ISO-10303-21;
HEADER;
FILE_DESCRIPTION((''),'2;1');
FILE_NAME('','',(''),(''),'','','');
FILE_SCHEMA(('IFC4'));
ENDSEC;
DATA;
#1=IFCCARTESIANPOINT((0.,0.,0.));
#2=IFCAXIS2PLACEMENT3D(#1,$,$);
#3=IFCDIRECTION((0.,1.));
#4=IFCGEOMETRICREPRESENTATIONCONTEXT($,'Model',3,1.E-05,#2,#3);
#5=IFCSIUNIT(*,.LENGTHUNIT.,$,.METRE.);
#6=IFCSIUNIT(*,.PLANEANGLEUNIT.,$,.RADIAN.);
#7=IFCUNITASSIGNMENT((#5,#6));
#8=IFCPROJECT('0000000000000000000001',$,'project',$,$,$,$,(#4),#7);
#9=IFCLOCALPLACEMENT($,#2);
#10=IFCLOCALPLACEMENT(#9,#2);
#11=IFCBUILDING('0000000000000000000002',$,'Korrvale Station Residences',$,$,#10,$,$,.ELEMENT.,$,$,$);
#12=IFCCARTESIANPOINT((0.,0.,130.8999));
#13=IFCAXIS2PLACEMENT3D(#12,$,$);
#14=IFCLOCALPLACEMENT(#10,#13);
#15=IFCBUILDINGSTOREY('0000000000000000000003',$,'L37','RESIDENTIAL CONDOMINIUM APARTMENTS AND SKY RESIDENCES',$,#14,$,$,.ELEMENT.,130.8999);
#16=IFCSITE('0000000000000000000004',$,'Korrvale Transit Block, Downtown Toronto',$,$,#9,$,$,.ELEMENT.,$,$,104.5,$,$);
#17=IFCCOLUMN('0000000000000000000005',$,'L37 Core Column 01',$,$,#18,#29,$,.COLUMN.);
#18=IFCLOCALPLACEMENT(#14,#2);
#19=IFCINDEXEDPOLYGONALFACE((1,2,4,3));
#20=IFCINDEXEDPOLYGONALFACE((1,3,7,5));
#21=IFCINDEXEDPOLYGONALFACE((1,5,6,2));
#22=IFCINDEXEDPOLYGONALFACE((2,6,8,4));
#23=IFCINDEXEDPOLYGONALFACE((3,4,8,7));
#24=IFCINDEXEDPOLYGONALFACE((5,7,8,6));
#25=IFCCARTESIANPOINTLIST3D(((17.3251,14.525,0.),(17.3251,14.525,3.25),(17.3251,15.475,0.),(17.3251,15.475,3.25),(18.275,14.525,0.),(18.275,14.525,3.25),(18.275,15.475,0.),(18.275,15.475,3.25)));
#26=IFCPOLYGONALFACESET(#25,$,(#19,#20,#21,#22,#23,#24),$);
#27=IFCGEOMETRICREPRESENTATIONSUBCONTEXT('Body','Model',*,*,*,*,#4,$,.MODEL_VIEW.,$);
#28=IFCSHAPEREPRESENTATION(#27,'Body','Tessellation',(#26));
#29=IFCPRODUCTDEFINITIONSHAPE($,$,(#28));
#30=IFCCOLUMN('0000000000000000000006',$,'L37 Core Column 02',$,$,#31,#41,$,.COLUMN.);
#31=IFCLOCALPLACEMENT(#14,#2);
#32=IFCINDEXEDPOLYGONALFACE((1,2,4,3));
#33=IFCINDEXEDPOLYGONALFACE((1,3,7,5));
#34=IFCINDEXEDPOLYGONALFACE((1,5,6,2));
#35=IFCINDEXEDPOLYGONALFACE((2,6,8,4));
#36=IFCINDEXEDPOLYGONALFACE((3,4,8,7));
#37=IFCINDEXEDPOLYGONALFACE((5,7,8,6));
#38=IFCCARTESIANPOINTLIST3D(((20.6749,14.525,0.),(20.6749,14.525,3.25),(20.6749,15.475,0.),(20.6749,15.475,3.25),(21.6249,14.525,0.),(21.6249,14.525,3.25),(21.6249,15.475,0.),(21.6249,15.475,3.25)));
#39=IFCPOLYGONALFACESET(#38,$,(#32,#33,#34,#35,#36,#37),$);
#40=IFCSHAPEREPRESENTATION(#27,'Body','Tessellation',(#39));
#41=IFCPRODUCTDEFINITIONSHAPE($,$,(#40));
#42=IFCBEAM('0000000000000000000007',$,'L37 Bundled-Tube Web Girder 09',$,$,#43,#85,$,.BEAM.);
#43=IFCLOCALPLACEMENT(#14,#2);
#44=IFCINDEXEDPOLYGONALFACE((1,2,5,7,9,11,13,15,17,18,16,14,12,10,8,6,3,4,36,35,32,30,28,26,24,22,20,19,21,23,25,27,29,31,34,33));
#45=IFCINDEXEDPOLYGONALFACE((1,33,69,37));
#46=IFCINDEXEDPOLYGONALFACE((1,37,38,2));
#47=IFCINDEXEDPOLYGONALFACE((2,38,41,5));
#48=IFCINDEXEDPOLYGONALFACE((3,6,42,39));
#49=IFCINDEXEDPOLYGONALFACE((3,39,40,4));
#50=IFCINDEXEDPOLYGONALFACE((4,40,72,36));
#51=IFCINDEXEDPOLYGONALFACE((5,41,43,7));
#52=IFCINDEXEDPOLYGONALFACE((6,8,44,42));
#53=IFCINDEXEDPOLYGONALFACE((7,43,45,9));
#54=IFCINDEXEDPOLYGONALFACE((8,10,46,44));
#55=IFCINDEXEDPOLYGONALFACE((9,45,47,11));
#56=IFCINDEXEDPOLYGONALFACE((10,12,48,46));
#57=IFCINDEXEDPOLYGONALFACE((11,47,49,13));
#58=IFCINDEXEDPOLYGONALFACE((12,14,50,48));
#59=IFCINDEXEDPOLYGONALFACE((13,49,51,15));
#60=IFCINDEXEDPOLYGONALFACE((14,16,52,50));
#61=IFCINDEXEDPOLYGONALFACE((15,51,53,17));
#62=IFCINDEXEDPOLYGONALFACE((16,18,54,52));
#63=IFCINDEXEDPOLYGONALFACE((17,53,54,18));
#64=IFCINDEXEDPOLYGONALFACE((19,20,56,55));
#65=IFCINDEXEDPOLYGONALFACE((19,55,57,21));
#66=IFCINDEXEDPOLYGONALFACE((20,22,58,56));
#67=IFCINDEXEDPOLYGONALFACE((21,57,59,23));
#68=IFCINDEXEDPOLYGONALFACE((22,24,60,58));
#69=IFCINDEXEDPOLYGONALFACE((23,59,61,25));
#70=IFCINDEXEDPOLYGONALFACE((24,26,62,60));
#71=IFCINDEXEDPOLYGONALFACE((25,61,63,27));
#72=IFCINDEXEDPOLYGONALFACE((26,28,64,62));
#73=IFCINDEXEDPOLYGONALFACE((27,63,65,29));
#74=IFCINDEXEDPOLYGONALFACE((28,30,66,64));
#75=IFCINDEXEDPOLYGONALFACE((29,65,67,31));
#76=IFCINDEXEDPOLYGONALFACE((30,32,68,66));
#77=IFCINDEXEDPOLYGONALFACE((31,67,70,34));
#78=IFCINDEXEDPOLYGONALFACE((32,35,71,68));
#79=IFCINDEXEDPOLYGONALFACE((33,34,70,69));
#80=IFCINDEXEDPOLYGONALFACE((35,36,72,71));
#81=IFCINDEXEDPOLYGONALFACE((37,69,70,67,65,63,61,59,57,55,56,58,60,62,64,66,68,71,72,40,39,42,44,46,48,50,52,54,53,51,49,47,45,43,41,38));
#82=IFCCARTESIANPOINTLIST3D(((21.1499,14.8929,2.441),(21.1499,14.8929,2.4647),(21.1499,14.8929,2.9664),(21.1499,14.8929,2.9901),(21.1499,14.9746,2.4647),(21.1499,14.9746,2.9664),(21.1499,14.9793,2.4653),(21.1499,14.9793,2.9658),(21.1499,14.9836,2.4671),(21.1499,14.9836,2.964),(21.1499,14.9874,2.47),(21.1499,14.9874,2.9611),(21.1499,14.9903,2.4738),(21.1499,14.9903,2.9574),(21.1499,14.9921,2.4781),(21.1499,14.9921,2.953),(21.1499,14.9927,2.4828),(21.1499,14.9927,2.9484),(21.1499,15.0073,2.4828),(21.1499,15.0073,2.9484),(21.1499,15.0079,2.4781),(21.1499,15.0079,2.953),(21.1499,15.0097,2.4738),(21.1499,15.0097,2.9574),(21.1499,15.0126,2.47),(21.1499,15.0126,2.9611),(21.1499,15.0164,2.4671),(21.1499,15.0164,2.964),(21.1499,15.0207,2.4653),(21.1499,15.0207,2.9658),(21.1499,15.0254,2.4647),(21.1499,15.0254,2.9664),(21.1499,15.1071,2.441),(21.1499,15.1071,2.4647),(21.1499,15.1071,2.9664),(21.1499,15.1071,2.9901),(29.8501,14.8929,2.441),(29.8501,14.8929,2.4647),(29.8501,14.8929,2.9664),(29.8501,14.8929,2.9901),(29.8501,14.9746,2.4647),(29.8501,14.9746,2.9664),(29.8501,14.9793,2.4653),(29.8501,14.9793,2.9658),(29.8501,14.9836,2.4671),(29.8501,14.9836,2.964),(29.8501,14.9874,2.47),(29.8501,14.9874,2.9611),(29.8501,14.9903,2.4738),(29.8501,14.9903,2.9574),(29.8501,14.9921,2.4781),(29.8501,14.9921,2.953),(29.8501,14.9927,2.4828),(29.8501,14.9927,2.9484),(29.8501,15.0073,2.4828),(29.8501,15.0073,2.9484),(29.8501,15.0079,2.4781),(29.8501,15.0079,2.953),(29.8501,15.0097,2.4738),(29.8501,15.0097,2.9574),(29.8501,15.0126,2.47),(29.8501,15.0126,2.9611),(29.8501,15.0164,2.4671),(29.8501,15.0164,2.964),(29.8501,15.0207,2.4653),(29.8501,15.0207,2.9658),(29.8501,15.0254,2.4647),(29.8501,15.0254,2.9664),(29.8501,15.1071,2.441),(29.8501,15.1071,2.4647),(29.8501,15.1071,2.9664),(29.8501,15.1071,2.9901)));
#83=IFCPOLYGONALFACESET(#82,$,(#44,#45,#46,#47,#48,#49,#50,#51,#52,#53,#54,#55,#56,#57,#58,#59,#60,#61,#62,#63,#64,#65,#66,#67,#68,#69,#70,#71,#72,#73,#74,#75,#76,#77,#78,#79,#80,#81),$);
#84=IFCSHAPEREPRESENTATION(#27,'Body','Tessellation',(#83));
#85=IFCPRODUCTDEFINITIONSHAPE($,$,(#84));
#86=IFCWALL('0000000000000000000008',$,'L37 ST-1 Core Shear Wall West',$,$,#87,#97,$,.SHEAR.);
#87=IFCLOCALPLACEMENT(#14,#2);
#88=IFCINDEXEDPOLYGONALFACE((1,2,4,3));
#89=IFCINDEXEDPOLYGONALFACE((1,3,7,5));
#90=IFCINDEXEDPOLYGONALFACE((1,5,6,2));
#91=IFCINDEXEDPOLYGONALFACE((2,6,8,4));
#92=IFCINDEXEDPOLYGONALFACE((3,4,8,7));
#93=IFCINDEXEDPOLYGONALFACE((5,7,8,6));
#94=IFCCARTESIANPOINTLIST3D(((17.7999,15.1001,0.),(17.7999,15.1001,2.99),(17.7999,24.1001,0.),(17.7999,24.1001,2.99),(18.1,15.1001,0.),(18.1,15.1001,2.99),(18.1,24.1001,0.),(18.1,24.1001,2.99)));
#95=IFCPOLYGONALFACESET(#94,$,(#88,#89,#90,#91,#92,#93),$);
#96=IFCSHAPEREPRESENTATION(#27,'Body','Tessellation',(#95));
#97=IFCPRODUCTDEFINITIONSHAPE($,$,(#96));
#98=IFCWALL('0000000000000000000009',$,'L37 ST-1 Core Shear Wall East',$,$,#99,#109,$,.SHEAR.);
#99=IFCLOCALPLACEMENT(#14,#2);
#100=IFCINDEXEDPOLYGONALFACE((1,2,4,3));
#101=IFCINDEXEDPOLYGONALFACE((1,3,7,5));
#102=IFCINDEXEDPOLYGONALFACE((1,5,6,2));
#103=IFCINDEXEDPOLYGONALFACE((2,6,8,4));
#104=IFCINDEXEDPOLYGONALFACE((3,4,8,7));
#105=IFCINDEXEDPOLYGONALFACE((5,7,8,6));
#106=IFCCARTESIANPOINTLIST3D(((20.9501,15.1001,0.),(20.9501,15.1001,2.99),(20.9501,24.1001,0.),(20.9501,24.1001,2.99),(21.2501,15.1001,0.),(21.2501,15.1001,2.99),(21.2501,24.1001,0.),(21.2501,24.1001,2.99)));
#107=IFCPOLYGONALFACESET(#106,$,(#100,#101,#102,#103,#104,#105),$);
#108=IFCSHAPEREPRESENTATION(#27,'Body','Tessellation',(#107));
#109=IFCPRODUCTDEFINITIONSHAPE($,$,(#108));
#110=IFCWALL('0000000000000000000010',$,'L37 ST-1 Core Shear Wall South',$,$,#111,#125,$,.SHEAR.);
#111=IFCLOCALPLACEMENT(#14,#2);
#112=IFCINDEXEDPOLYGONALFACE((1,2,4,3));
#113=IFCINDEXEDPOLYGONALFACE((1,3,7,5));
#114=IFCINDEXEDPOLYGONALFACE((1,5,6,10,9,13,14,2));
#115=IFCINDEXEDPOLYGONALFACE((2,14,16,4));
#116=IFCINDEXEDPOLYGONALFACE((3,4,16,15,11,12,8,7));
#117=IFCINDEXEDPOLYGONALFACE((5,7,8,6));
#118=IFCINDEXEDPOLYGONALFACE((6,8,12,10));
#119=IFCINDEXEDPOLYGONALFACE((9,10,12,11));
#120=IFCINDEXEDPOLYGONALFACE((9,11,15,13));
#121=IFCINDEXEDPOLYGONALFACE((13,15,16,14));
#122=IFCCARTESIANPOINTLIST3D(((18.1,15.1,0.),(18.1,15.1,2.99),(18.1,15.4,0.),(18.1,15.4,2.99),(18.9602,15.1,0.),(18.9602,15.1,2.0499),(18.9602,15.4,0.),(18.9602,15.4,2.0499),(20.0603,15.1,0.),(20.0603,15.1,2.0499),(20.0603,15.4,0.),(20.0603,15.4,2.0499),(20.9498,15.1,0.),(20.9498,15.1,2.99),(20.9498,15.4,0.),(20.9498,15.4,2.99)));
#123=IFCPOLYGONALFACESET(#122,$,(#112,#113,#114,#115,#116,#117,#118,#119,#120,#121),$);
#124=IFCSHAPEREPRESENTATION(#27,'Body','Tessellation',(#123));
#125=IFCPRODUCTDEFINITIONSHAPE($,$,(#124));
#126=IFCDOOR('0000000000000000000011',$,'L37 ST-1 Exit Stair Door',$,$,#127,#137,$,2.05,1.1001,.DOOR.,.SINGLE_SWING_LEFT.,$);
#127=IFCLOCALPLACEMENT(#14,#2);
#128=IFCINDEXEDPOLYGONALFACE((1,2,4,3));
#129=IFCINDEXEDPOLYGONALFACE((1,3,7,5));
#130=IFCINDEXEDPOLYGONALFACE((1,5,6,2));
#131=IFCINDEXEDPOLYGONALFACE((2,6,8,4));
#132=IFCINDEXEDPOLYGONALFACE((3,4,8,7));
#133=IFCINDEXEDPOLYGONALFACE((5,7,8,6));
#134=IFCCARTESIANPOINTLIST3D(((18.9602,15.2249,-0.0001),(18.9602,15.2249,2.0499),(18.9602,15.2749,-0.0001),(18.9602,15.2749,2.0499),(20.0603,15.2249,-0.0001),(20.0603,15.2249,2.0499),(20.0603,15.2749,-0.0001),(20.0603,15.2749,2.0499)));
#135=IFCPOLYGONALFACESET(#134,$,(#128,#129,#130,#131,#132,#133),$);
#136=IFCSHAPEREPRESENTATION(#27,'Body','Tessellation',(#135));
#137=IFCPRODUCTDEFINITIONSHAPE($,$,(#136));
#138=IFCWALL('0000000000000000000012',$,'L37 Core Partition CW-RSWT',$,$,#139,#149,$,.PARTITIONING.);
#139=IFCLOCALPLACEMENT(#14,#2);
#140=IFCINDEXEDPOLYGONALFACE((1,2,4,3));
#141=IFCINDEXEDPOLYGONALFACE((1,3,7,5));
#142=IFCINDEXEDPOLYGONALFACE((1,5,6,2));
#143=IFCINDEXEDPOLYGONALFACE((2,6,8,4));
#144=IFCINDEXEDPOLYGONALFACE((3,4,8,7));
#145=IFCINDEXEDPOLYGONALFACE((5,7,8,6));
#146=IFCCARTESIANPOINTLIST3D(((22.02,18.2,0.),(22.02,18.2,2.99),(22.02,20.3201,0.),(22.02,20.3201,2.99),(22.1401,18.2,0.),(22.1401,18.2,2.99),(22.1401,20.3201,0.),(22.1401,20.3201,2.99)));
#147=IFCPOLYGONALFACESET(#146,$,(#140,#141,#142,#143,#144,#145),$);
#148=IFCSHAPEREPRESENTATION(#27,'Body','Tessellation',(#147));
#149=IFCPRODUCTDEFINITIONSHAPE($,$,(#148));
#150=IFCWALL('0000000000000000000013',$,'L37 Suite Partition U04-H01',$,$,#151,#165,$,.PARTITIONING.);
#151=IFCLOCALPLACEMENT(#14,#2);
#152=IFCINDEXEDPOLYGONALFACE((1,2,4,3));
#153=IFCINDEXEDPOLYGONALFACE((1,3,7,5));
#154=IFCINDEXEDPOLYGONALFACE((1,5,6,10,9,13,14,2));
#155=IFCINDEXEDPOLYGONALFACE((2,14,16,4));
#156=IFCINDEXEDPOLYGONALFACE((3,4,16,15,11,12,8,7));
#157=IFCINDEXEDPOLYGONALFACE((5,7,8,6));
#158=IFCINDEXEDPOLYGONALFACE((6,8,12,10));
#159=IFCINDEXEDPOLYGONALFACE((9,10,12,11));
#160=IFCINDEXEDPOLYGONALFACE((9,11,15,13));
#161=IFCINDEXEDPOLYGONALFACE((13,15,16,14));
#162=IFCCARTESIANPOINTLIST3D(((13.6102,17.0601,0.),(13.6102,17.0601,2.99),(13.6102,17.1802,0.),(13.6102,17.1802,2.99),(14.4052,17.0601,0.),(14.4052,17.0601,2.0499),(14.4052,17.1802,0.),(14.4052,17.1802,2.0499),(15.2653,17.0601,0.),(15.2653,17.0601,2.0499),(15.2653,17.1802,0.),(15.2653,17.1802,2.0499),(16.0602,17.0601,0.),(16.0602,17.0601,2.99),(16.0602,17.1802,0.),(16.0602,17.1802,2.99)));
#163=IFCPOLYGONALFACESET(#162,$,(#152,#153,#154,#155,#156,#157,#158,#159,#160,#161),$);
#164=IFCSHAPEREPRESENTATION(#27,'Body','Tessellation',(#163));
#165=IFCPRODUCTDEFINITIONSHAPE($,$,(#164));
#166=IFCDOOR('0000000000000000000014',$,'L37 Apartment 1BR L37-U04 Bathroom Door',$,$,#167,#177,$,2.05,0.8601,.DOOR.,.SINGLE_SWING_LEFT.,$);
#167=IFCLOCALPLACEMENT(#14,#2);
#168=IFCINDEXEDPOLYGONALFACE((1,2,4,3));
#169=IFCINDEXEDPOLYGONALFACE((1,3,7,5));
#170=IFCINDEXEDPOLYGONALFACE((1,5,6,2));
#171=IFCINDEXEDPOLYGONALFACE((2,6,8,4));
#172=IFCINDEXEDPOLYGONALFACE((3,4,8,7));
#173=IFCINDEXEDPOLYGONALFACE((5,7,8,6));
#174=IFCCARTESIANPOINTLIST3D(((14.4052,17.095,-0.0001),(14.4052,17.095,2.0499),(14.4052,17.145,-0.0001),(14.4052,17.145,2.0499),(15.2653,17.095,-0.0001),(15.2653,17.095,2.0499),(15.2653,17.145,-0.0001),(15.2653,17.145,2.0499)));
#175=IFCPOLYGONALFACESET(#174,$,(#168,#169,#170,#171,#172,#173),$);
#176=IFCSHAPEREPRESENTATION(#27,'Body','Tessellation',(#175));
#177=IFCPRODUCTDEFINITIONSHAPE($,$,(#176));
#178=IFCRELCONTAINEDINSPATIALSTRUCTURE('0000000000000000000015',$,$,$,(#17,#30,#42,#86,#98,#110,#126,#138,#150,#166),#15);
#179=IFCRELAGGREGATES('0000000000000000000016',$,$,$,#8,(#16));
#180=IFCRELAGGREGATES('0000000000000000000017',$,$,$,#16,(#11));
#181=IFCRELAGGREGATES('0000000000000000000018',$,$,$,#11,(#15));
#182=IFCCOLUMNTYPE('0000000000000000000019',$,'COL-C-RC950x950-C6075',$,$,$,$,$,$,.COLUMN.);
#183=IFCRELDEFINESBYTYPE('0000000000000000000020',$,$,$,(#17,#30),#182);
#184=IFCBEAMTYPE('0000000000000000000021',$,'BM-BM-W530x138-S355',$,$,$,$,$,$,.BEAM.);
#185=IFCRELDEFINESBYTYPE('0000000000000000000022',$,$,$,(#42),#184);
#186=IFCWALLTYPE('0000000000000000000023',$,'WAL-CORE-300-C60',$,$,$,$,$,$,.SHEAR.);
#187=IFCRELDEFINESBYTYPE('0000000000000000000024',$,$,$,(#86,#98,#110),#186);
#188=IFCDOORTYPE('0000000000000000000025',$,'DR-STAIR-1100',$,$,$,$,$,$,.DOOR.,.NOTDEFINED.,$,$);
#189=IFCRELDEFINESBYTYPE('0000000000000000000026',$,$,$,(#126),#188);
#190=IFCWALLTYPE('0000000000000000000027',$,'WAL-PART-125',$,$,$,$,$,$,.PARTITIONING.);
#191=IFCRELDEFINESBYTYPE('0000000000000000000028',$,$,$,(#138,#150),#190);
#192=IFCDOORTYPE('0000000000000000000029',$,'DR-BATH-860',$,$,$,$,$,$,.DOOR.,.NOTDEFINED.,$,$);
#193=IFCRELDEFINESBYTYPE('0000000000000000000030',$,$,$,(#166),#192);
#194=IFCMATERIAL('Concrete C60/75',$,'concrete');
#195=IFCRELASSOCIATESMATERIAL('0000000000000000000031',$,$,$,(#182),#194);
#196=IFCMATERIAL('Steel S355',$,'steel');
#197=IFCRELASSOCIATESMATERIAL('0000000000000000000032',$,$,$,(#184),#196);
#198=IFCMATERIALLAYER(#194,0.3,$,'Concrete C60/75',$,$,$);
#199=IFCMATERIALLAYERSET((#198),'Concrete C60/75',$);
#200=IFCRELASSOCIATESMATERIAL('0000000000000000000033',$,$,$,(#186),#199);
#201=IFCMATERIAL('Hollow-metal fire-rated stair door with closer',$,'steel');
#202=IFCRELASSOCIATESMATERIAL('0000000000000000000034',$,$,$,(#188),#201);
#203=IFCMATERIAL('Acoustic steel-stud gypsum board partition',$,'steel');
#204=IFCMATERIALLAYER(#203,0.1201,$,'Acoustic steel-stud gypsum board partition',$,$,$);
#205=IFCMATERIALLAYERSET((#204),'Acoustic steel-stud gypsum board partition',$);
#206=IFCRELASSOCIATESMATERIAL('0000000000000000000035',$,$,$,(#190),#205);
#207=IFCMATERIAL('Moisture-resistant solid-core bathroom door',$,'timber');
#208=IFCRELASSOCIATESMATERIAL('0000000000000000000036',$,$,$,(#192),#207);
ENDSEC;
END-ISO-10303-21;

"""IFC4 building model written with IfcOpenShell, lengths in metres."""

from ifc_helpers import new_model, si_unit, direction, frame, frame_2d, origin, origin_2d, place, context, subcontext, project, spatial, rectangle, i_section, extrude, material, layer, layer_set, material_profile, profile_set, type_object, element, fill, save


model = new_model("IFC4")

# Units and contexts
model_context = context("Model", 3, precision=1e-05, world=origin(), true_north=direction((0.0, 1.0)))
body_context = subcontext(model_context, "Body", "Model", "MODEL_VIEW")
ifc_project = project(units=[si_unit("LENGTHUNIT", "METRE"), si_unit("PLANEANGLEUNIT", "RADIAN")], contexts=[model_context])

# Site, building, storey
site_placement = place(None, origin())
site = spatial("IfcSite", under=ifc_project, at=site_placement, Name="Korrvale Transit Block, Downtown Toronto", CompositionType="ELEMENT", RefElevation=104.5)
building_placement = place(site_placement, origin())
building = spatial("IfcBuilding", under=site, at=building_placement, Name="Korrvale Station Residences", CompositionType="ELEMENT")
storey_placement = place(building_placement, frame((0.0, 0.0, 130.8999)))
storey = spatial("IfcBuildingStorey", under=building, at=storey_placement, Name="L37", Description="RESIDENTIAL CONDOMINIUM APARTMENTS AND SKY RESIDENCES", CompositionType="ELEMENT", Elevation=130.8999)

# Columns
ifc_material_1 = material(Name="Concrete C60/75", Category="concrete")
ifc_material_profile_1 = material_profile(ifc_material_1, rectangle(XDim=0.95, YDim=0.95, at=origin_2d()), Name="RC950x950")
ifc_profile_set_1 = profile_set([ifc_material_profile_1], Name="Concrete C60/75")
column_type = type_object("IfcColumnType", Name="COL-C-RC950x950-C6075", PredefinedType="COLUMN", material=ifc_profile_set_1)
for number, where, z_axis, x_axis, name in (
    (1, (17.8, 15.0, 0.0), (0.0, 0.0, 1.0), (1.0, 0.0, 0.0), "L37 Core Column 01"),
    (2, (21.1499, 15.0, 0.0), (0.0, 0.0, 1.0), (1.0, 0.0, 0.0), "L37 Core Column 02"),
):
    element("IfcColumn", number, at=place(storey_placement, frame(where, z_axis=z_axis, x_axis=x_axis)), inside=storey, type_object=column_type, Name=name, PredefinedType="COLUMN", context=body_context, shape_type="SweptSolid", body=[
        extrude(rectangle(XDim=0.95, YDim=0.95, at=origin_2d()), origin(), (0.0, 0.0, 1.0), 3.25),
    ])

# Beam
ifc_material_2 = material(Name="Steel S355", Category="steel")
ifc_material_profile_2 = material_profile(ifc_material_2, i_section(OverallWidth=0.2141, OverallDepth=0.5491, WebThickness=0.0146, FlangeThickness=0.0237, FilletRadius=0.0181, at=origin_2d()), Name="W530x138")
ifc_profile_set_2 = profile_set([ifc_material_profile_2], Name="Steel S355")
beam_type = type_object("IfcBeamType", Name="BM-BM-W530x138-S355", PredefinedType="BEAM", material=ifc_profile_set_2)
beam_placement = place(storey_placement, frame((21.1499, 15.0, 2.7156), z_axis=(1.0, 0.0, 0.0), x_axis=(0.0, 1.0, 0.0)))
element("IfcBeam", 3, at=beam_placement, inside=storey, type_object=beam_type, Name="L37 Bundled-Tube Web Girder 09", PredefinedType="BEAM", context=body_context, shape_type="SweptSolid", body=[
    extrude(i_section(OverallWidth=0.2141, OverallDepth=0.5491, WebThickness=0.0146, FlangeThickness=0.0237, FilletRadius=0.0181, at=origin_2d()), origin(), (0.0, 0.0, 1.0), 8.7002),
])

# Walls
ifc_layer_1 = layer(ifc_material_1, 0.3, Name="Concrete C60/75")
ifc_layer_set_1 = layer_set([ifc_layer_1], Name="Concrete C60/75")
wall_type_1 = type_object("IfcWallType", Name="WAL-CORE-300-C60", PredefinedType="SHEAR", material=ifc_layer_set_1)
for number, where, z_axis, x_axis, name in (
    (4, (17.95, 15.1001, 0.0), (0.0, 0.0, 1.0), (0.0, 1.0, 0.0), "L37 ST-1 Core Shear Wall West"),
    (5, (21.1001, 15.1001, 0.0), (0.0, 0.0, 1.0), (0.0, 1.0, 0.0), "L37 ST-1 Core Shear Wall East"),
):
    element("IfcWall", number, at=place(storey_placement, frame(where, z_axis=z_axis, x_axis=x_axis)), inside=storey, type_object=wall_type_1, Name=name, PredefinedType="SHEAR", context=body_context, shape_type="SweptSolid", body=[
        extrude(rectangle(XDim=9.0, YDim=0.3, at=frame_2d((4.5, 0.0))), origin(), (0.0, 0.0, 1.0), 2.99),
    ])

# Wall, opening, door
wall_1_placement = place(storey_placement, frame((18.1001, 15.25, 0.0), z_axis=(0.0, 0.0, 1.0), x_axis=(1.0, 0.0, 0.0)))
wall_1 = element("IfcWall", 6, at=wall_1_placement, inside=storey, type_object=wall_type_1, Name="L37 ST-1 Core Shear Wall South", PredefinedType="SHEAR", context=body_context, shape_type="SweptSolid", body=[
    extrude(rectangle(XDim=2.8499, YDim=0.3, at=frame_2d((1.4248, 0.0))), origin(), (0.0, 0.0, 1.0), 2.99),
])
opening_1_placement = place(wall_1_placement, frame((0.8601, 0.0, 0.0)))
opening_1 = element("IfcOpeningElement", 7, at=opening_1_placement, cuts=wall_1, PredefinedType="OPENING", context=body_context, shape_type="SweptSolid", body=[
    extrude(rectangle(XDim=1.1001, YDim=2.05, at=frame_2d((0.55, 1.0249))), frame((0.0, 0.1602, 0.0), z_axis=(0.0, -1.0, 0.0), x_axis=(1.0, 0.0, 0.0)), (0.0, 0.0, 1.0), 0.3201),
])
ifc_material_3 = material(Name="Hollow-metal fire-rated stair door with closer", Category="steel")
door_type_1 = type_object("IfcDoorType", Name="DR-STAIR-1100", OperationType="NOTDEFINED", PredefinedType="DOOR", material=ifc_material_3)
door_1_placement = place(opening_1_placement, origin())
door_1 = element("IfcDoor", 8, at=door_1_placement, inside=storey, type_object=door_type_1, Name="L37 ST-1 Exit Stair Door", OperationType="SINGLE_SWING_LEFT", OverallHeight=2.05, OverallWidth=1.1001, PredefinedType="DOOR", context=body_context, shape_type="SweptSolid", body=[
    extrude(rectangle(XDim=1.1001, YDim=2.05, at=frame_2d((0.55, 1.0249))), frame((0.0, 0.0249, 0.0), z_axis=(0.0, -1.0, 0.0), x_axis=(1.0, 0.0, 0.0)), (0.0, 0.0, 1.0), 0.05),
])
fill(opening_1, door_1)

# Wall
ifc_material_4 = material(Name="Acoustic steel-stud gypsum board partition", Category="steel")
ifc_layer_2 = layer(ifc_material_4, 0.1201, Name="Acoustic steel-stud gypsum board partition")
ifc_layer_set_2 = layer_set([ifc_layer_2], Name="Acoustic steel-stud gypsum board partition")
wall_type_2 = type_object("IfcWallType", Name="WAL-PART-125", PredefinedType="PARTITIONING", material=ifc_layer_set_2)
wall_2_placement = place(storey_placement, frame((22.0801, 18.2, 0.0), z_axis=(0.0, 0.0, 1.0), x_axis=(0.0, 1.0, 0.0)))
element("IfcWall", 9, at=wall_2_placement, inside=storey, type_object=wall_type_2, Name="L37 Core Partition CW-RSWT", PredefinedType="PARTITIONING", context=body_context, shape_type="SweptSolid", body=[
    extrude(rectangle(XDim=2.1201, YDim=0.1201, at=frame_2d((1.0601, 0.0))), origin(), (0.0, 0.0, 1.0), 2.99),
])

# Wall, opening, door
wall_3_placement = place(storey_placement, frame((13.6101, 17.1201, 0.0), z_axis=(0.0, 0.0, 1.0), x_axis=(1.0, 0.0, 0.0)))
wall_3 = element("IfcWall", 10, at=wall_3_placement, inside=storey, type_object=wall_type_2, Name="L37 Suite Partition U04-H01", PredefinedType="PARTITIONING", context=body_context, shape_type="SweptSolid", body=[
    extrude(rectangle(XDim=2.45, YDim=0.1201, at=frame_2d((1.2251, 0.0))), origin(), (0.0, 0.0, 1.0), 2.99),
])
opening_2_placement = place(wall_3_placement, frame((0.7949, 0.0, 0.0)))
opening_2 = element("IfcOpeningElement", 11, at=opening_2_placement, cuts=wall_3, PredefinedType="OPENING", context=body_context, shape_type="SweptSolid", body=[
    extrude(rectangle(XDim=0.8601, YDim=2.05, at=frame_2d((0.4302, 1.0249))), frame((0.0, 0.0701, 0.0), z_axis=(0.0, -1.0, 0.0), x_axis=(1.0, 0.0, 0.0)), (0.0, 0.0, 1.0), 0.1401),
])
ifc_material_5 = material(Name="Moisture-resistant solid-core bathroom door", Category="timber")
door_type_2 = type_object("IfcDoorType", Name="DR-BATH-860", OperationType="NOTDEFINED", PredefinedType="DOOR", material=ifc_material_5)
door_2_placement = place(opening_2_placement, origin())
door_2 = element("IfcDoor", 12, at=door_2_placement, inside=storey, type_object=door_type_2, Name="L37 Apartment 1BR L37-U04 Bathroom Door", OperationType="SINGLE_SWING_LEFT", OverallHeight=2.05, OverallWidth=0.8601, PredefinedType="DOOR", context=body_context, shape_type="SweptSolid", body=[
    extrude(rectangle(XDim=0.8601, YDim=2.05, at=frame_2d((0.4302, 1.0249))), frame((0.0, 0.0249, 0.0), z_axis=(0.0, -1.0, 0.0), x_axis=(1.0, 0.0, 0.0)), (0.0, 0.0, 1.0), 0.05),
])
fill(opening_2, door_2)

save(model, "model.ifc")
